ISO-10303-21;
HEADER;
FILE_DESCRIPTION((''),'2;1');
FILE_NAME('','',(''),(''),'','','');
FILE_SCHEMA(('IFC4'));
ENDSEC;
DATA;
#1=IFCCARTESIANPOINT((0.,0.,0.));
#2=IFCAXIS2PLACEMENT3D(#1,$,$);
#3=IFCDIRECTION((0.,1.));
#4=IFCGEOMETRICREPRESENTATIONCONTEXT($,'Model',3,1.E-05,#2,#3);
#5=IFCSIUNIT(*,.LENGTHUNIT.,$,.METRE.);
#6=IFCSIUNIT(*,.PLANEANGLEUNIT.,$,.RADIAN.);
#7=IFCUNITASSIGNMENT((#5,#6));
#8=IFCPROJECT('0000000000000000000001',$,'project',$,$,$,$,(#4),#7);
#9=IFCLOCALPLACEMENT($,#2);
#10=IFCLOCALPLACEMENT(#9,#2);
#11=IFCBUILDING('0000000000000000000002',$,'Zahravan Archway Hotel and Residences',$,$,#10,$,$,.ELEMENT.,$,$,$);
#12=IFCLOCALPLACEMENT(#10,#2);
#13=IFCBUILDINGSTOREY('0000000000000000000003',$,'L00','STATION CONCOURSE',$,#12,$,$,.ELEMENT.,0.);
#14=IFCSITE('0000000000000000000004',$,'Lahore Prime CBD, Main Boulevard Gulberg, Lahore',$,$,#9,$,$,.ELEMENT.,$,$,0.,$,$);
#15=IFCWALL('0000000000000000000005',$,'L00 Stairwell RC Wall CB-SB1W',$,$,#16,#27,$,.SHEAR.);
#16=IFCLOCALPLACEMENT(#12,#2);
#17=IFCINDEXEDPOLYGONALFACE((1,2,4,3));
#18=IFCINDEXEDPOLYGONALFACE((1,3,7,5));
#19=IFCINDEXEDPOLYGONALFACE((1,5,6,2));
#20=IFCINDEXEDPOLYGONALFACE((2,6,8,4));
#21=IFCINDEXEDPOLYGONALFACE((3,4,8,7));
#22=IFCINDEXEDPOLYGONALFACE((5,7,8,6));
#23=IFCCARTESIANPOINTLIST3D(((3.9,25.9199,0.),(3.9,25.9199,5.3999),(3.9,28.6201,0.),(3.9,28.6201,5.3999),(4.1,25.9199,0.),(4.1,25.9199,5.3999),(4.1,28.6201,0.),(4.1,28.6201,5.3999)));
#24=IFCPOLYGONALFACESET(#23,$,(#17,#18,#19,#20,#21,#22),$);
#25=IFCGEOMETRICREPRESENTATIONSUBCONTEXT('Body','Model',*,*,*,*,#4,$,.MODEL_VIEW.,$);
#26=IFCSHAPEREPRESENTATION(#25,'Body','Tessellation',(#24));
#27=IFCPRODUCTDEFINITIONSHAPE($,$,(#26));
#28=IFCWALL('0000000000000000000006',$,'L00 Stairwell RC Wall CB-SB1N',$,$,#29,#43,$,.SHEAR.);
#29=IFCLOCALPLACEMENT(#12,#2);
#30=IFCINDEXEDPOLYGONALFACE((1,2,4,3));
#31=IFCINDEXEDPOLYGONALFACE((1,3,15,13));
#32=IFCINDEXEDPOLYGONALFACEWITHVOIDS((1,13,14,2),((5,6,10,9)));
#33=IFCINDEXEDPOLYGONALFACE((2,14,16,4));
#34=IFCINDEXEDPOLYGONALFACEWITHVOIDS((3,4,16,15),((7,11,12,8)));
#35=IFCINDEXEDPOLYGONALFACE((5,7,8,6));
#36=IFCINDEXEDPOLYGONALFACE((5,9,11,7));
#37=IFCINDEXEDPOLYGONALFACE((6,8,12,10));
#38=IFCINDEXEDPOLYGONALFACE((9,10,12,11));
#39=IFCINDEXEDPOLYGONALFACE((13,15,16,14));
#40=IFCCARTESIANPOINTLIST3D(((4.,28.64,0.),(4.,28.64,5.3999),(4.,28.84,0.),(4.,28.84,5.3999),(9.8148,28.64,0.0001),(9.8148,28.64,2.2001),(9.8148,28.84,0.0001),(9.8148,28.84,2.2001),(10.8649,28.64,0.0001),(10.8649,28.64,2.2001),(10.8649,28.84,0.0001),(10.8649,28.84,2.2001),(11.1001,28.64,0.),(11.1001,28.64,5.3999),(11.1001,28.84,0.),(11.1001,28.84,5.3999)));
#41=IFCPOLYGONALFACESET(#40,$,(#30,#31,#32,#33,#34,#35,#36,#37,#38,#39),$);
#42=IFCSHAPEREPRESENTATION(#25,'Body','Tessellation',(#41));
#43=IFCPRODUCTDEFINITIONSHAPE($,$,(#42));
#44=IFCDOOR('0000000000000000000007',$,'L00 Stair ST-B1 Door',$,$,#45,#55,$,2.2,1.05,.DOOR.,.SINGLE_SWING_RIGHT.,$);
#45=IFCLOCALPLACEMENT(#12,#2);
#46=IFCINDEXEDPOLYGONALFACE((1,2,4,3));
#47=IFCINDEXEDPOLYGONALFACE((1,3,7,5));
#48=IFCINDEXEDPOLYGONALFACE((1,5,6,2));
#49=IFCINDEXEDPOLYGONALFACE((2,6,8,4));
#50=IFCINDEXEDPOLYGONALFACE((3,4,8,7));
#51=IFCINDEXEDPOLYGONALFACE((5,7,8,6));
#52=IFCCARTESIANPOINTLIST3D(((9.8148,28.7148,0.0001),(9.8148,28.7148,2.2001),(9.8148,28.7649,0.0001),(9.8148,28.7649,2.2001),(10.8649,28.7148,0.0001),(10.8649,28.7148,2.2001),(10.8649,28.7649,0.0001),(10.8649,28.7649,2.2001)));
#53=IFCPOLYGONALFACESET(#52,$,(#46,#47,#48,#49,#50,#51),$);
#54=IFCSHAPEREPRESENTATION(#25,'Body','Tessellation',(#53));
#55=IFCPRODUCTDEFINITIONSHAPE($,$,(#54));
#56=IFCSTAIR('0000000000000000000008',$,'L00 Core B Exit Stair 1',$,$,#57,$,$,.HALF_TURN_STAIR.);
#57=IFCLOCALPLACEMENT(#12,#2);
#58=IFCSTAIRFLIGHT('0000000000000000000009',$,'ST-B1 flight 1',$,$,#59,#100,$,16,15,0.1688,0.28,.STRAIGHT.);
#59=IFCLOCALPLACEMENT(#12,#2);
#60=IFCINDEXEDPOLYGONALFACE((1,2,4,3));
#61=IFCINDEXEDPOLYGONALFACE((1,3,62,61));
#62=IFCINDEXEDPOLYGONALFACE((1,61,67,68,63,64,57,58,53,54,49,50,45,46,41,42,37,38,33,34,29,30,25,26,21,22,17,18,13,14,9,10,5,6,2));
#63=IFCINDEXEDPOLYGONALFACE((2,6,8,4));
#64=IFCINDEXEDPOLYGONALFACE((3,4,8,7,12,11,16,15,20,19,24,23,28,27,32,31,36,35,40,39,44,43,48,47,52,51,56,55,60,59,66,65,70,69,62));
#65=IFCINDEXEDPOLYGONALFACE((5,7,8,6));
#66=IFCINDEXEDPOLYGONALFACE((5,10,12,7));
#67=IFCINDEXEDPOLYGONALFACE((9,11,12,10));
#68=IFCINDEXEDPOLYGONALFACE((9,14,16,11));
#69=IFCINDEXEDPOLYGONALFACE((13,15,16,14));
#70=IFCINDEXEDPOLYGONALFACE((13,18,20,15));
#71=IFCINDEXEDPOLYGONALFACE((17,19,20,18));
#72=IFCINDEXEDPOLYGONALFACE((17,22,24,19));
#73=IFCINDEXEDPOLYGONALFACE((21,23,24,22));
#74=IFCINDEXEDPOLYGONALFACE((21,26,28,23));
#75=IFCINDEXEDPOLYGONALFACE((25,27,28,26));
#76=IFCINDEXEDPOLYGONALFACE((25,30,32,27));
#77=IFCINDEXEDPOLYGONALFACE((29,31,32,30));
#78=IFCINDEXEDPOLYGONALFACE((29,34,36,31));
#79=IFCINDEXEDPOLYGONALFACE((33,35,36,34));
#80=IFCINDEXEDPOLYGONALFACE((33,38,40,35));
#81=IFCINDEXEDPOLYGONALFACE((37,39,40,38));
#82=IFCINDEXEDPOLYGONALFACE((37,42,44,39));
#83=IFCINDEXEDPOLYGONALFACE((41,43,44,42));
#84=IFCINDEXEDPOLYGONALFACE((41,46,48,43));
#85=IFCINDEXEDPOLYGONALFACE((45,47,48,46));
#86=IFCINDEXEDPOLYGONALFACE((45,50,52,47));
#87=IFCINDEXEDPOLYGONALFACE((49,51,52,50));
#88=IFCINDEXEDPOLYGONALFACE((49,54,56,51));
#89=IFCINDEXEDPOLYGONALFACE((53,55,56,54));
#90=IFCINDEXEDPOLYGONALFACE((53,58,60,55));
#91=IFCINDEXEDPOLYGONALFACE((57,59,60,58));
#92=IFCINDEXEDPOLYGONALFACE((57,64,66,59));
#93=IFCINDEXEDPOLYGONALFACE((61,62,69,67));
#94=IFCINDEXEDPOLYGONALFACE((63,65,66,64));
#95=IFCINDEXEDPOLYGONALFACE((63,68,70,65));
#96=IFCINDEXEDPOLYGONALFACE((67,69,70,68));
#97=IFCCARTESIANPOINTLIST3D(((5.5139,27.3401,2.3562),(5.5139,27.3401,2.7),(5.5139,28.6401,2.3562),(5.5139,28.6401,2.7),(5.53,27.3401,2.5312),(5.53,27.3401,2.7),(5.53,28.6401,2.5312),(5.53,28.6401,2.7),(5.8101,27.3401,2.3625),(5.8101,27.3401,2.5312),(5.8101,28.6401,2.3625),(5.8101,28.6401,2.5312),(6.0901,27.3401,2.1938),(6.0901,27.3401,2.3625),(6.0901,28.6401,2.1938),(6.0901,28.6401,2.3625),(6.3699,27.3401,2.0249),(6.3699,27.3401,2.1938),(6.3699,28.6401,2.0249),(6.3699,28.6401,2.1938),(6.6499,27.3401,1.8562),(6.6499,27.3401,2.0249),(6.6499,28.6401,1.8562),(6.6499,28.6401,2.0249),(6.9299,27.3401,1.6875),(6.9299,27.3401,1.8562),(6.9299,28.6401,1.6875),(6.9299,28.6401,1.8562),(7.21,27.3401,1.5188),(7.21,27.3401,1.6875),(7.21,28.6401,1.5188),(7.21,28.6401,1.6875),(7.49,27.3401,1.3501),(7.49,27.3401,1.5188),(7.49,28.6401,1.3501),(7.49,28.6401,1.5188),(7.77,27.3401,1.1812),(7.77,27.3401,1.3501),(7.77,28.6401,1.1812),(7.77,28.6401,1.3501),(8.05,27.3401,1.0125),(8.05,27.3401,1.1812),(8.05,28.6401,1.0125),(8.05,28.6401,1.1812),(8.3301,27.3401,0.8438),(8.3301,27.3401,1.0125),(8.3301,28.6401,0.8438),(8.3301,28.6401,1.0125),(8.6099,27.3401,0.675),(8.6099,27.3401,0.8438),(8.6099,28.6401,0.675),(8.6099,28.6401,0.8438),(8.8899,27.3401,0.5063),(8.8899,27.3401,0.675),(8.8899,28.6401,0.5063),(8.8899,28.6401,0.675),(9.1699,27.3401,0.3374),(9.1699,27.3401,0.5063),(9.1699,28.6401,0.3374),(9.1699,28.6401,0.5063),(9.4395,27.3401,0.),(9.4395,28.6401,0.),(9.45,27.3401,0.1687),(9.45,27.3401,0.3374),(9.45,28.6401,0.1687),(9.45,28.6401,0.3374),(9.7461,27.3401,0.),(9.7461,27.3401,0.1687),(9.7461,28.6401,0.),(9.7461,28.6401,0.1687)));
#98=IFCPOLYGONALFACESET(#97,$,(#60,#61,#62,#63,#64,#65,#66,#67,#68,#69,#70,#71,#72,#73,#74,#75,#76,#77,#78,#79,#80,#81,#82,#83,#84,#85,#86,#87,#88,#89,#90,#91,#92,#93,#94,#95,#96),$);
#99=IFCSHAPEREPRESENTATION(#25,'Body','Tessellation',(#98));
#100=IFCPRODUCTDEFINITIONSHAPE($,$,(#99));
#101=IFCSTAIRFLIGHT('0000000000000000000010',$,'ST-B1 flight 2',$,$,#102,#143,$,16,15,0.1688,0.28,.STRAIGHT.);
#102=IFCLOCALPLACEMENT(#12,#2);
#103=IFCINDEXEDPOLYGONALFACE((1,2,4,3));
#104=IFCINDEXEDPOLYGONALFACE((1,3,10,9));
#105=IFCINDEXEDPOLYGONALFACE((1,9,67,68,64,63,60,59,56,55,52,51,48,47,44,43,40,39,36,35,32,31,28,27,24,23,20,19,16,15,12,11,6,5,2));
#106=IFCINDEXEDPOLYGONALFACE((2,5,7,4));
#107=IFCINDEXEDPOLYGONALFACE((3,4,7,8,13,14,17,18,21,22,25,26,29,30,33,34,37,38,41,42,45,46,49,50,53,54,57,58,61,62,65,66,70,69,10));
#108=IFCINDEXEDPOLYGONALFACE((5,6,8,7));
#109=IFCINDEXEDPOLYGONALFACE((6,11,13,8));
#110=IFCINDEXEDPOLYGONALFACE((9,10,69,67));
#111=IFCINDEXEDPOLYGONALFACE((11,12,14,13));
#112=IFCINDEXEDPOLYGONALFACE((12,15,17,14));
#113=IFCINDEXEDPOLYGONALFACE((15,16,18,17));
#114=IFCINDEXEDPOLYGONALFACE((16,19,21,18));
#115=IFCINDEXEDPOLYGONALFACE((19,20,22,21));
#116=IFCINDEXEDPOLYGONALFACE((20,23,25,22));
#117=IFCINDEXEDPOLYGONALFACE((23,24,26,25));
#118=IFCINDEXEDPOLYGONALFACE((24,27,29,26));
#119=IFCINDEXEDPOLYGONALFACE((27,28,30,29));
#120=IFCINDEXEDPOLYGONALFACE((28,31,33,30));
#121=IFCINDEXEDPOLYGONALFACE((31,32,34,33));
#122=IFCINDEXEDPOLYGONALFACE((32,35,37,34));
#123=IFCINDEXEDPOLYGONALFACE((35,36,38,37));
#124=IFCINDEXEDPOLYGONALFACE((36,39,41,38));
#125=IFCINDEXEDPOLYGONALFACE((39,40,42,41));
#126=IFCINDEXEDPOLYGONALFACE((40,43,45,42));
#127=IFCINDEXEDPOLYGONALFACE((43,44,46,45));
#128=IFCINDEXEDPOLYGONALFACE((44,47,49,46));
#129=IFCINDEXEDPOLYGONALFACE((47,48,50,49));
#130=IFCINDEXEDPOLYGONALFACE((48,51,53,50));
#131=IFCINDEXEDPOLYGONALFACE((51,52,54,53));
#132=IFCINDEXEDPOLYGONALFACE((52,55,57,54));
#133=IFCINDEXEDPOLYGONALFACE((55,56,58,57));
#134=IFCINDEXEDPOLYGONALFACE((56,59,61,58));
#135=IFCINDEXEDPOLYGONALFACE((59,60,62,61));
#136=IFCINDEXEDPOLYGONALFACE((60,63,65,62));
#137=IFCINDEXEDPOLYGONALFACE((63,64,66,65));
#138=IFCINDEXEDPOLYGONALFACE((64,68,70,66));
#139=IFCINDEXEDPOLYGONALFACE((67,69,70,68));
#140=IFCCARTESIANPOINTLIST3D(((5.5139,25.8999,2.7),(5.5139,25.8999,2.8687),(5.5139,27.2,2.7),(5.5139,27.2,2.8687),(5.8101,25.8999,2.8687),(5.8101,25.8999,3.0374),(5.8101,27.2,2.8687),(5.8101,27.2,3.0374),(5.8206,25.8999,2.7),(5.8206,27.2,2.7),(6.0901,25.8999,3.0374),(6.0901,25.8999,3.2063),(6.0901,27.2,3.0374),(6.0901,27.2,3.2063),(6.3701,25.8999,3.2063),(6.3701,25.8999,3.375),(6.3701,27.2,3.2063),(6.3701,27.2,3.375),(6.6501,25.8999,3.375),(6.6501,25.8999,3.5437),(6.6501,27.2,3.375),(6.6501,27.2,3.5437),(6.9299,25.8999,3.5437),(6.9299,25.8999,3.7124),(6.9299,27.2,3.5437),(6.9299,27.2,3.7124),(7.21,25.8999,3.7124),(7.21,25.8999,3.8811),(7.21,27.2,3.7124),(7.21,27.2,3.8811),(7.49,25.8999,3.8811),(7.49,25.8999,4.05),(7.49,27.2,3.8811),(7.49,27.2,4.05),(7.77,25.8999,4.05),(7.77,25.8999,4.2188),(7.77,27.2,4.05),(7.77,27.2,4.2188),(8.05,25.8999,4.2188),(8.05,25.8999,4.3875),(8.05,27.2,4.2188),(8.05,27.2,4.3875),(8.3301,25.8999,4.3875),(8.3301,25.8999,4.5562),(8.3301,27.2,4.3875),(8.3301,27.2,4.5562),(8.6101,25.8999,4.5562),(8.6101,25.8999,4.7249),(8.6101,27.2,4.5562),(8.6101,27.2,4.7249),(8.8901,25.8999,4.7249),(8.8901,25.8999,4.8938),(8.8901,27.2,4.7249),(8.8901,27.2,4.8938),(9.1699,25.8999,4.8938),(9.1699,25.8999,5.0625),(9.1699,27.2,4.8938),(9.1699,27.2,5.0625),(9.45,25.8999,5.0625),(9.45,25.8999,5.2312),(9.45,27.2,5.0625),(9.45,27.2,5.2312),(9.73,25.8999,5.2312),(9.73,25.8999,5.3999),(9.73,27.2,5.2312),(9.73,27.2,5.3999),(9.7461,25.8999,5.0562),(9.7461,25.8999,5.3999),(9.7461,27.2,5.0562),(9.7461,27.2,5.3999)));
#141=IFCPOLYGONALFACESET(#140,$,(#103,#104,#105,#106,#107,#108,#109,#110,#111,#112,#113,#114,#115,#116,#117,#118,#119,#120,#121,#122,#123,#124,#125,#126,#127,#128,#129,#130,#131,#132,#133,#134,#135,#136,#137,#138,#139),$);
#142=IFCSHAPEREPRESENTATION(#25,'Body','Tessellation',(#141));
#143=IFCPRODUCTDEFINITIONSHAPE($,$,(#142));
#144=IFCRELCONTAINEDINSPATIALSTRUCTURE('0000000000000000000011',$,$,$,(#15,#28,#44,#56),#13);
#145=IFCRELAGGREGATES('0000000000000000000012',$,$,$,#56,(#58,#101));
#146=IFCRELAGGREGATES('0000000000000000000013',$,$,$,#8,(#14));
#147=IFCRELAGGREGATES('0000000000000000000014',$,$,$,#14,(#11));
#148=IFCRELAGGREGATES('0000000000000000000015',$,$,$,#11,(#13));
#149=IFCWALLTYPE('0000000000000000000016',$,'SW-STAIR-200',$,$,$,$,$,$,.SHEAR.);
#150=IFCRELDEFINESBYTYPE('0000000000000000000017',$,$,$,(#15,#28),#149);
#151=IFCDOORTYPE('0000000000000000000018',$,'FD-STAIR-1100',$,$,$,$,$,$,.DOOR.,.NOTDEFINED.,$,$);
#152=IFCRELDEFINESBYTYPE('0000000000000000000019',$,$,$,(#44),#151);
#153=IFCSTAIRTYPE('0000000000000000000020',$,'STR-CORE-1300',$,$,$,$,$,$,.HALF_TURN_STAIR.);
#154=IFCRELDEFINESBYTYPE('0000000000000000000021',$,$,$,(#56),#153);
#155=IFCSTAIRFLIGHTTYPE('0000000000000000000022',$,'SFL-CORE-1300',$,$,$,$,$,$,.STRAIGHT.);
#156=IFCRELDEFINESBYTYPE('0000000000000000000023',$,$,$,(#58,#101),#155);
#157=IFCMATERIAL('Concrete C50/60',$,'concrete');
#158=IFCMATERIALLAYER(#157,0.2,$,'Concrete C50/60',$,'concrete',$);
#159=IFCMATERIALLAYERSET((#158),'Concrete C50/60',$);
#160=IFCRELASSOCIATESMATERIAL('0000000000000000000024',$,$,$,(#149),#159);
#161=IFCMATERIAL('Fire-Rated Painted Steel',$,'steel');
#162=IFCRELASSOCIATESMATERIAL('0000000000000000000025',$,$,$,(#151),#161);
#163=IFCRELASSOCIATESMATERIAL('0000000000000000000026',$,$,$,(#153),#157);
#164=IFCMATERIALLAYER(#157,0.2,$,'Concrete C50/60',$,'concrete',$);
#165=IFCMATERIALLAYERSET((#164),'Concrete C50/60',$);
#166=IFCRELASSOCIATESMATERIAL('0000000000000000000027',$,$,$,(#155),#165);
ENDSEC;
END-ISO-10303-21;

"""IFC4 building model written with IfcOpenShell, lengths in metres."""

from ifc_helpers import new_model, si_unit, direction, frame, frame_2d, origin, place, context, subcontext, project, spatial, polyline, rectangle, outline, extrude, source, transform, mapped, material, layer, layer_set, type_object, type_shapes, element, fill, aggregate, save


model = new_model("IFC4")

# Units and contexts
model_context = context("Model", 3, precision=1e-05, world=origin(), true_north=direction((0.0, 1.0)))
body_context = subcontext(model_context, "Body", "Model", "MODEL_VIEW")
ifc_project = project(units=[si_unit("LENGTHUNIT", "METRE"), si_unit("PLANEANGLEUNIT", "RADIAN")], contexts=[model_context])

# Site, building, storey
site_placement = place(None, origin())
site = spatial("IfcSite", under=ifc_project, at=site_placement, Name="Lahore Prime CBD, Main Boulevard Gulberg, Lahore", CompositionType="ELEMENT", RefElevation=0.0)
building_placement = place(site_placement, origin())
building = spatial("IfcBuilding", under=site, at=building_placement, Name="Zahravan Archway Hotel and Residences", CompositionType="ELEMENT")
storey_placement = place(building_placement, origin())
storey = spatial("IfcBuildingStorey", under=building, at=storey_placement, Name="L00", Description="STATION CONCOURSE", CompositionType="ELEMENT", Elevation=0.0)

# Shared definitions
ifc_material_1 = material(Name="Fire-Rated Painted Steel", Category="steel")

# Wall
ifc_material_2 = material(Name="Concrete C50/60", Category="concrete")
ifc_layer_1 = layer(ifc_material_2, 0.2, Name="Concrete C50/60", Category="concrete")
ifc_layer_set_1 = layer_set([ifc_layer_1], Name="Concrete C50/60")
wall_type_1 = type_object("IfcWallType", Name="SW-STAIR-200", PredefinedType="SHEAR", material=ifc_layer_set_1)
wall_1_placement = place(storey_placement, frame((4.0, 25.9199, 0.0), z_axis=(0.0, 0.0, 1.0), x_axis=(0.0, 1.0, 0.0)))
element("IfcWall", 1, at=wall_1_placement, inside=storey, type_object=wall_type_1, Name="L00 Stairwell RC Wall CB-SB1W", PredefinedType="SHEAR", context=body_context, shape_type="SweptSolid", body=[
    extrude(rectangle(XDim=2.7002, YDim=0.2, at=frame_2d((1.3501, 0.0))), origin(), (0.0, 0.0, 1.0), 5.3999),
])

# Wall, opening, door
wall_2_placement = place(storey_placement, frame((4.0, 28.74, 0.0), z_axis=(0.0, 0.0, 1.0), x_axis=(1.0, 0.0, 0.0)))
wall_2 = element("IfcWall", 2, at=wall_2_placement, inside=storey, type_object=wall_type_1, Name="L00 Stairwell RC Wall CB-SB1N", PredefinedType="SHEAR", context=body_context, shape_type="SweptSolid", body=[
    extrude(rectangle(XDim=7.1001, YDim=0.2, at=frame_2d((3.55, 0.0))), origin(), (0.0, 0.0, 1.0), 5.3999),
])
opening_1_placement = place(wall_2_placement, frame((5.8149, 0.0, 0.0)))
opening_1 = element("IfcOpeningElement", 3, at=opening_1_placement, cuts=wall_2, PredefinedType="OPENING", context=body_context, shape_type="SweptSolid", body=[
    extrude(rectangle(XDim=1.05, YDim=2.2, at=frame_2d((0.5249, 1.1001))), frame((0.0, 0.1099, 0.0), z_axis=(0.0, -1.0, 0.0), x_axis=(1.0, 0.0, 0.0)), (0.0, 0.0, 1.0), 0.22),
])
door_type_1 = type_object("IfcDoorType", Name="FD-STAIR-1100", OperationType="NOTDEFINED", PredefinedType="DOOR", material=ifc_material_1)
shared_shape_1 = source(origin(), body_context, "Body", "SweptSolid", [
    extrude(rectangle(XDim=1.05, YDim=2.2, at=frame_2d((0.5249, 1.1001))), frame((0.0, 0.0249, 0.0), z_axis=(0.0, -1.0, 0.0), x_axis=(1.0, 0.0, 0.0)), (0.0, 0.0, 1.0), 0.05),
])
type_shapes(door_type_1, [shared_shape_1])
door_1_placement = place(opening_1_placement, origin())
door_1 = element("IfcDoor", 4, at=door_1_placement, inside=storey, type_object=door_type_1, Name="L00 Stair ST-B1 Door", OperationType="SINGLE_SWING_RIGHT", OverallHeight=2.2, OverallWidth=1.05, PredefinedType="DOOR", context=body_context, shape_type="MappedRepresentation", body=[
    mapped(shared_shape_1, transform((0.0, 0.0, 0.0), scale=1.0)),
])
fill(opening_1, door_1)

# Stair, stair flights
stair_type = type_object("IfcStairType", Name="STR-CORE-1300", PredefinedType="HALF_TURN_STAIR", material=ifc_material_2)
stair_placement = place(storey_placement, origin())
stair = element("IfcStair", 5, at=stair_placement, inside=storey, type_object=stair_type, Name="L00 Core B Exit Stair 1", PredefinedType="HALF_TURN_STAIR")
ifc_layer_2 = layer(ifc_material_2, 0.2, Name="Concrete C50/60", Category="concrete")
ifc_layer_set_2 = layer_set([ifc_layer_2], Name="Concrete C50/60")
stair_flight_type = type_object("IfcStairFlightType", Name="SFL-CORE-1300", PredefinedType="STRAIGHT", material=ifc_layer_set_2)
shared_shape_2 = source(origin(), body_context, "Body", "SweptSolid", [
    extrude(outline(polyline([(-0.0161, 0.0), (-0.0161, 0.1687), (0.28, 0.1687), (0.28, 0.3374), (0.5601, 0.3374), (0.5601, 0.5063), (0.8401, 0.5063), (0.8401, 0.675), (1.1201, 0.675), (1.1201, 0.8438), (1.3999, 0.8438), (1.3999, 1.0125), (1.6799, 1.0125), (1.6799, 1.1812), (1.96, 1.1812), (1.96, 1.3501), (2.24, 1.3501), (2.24, 1.5188), (2.52, 1.5188), (2.52, 1.6875), (2.8, 1.6875), (2.8, 1.8562), (3.0801, 1.8562), (3.0801, 2.0249), (3.3601, 2.0249), (3.3601, 2.1938), (3.6399, 2.1938), (3.6399, 2.3625), (3.9199, 2.3625), (3.9199, 2.5312), (4.2, 2.5312), (4.2, 2.7), (4.2161, 2.7), (4.2161, 2.3562), (0.2905, 0.0), (-0.0161, 0.0)])), frame((0.0, 0.6499, 0.0), z_axis=(0.0, -1.0, 0.0), x_axis=(1.0, 0.0, 0.0)), (0.0, 0.0, 1.0), 1.3),
])
stair_flight_1_placement = place(storey_placement, frame((9.73, 27.99, 0.0), z_axis=(0.0, 0.0, 1.0), x_axis=(-1.0, 0.0, 0.0)))
stair_flight_1 = element("IfcStairFlight", 6, at=stair_flight_1_placement, type_object=stair_flight_type, Name="ST-B1 flight 1", NumberOfRisers=16, NumberOfTreads=15, PredefinedType="STRAIGHT", RiserHeight=0.1688, TreadLength=0.28, context=body_context, shape_type="MappedRepresentation", body=[
    mapped(shared_shape_2, transform((0.0, 0.0, 0.0), scale=1.0)),
])
stair_flight_2_placement = place(storey_placement, frame((5.53, 26.55, 2.7), z_axis=(0.0, 0.0, 1.0), x_axis=(1.0, 0.0, 0.0)))
stair_flight_2 = element("IfcStairFlight", 7, at=stair_flight_2_placement, type_object=stair_flight_type, Name="ST-B1 flight 2", NumberOfRisers=16, NumberOfTreads=15, PredefinedType="STRAIGHT", RiserHeight=0.1688, TreadLength=0.28, context=body_context, shape_type="MappedRepresentation", body=[
    mapped(shared_shape_2, transform((0.0, 0.0, 0.0), scale=1.0)),
])
aggregate(stair, [stair_flight_1, stair_flight_2])

save(model, "model.ifc")
